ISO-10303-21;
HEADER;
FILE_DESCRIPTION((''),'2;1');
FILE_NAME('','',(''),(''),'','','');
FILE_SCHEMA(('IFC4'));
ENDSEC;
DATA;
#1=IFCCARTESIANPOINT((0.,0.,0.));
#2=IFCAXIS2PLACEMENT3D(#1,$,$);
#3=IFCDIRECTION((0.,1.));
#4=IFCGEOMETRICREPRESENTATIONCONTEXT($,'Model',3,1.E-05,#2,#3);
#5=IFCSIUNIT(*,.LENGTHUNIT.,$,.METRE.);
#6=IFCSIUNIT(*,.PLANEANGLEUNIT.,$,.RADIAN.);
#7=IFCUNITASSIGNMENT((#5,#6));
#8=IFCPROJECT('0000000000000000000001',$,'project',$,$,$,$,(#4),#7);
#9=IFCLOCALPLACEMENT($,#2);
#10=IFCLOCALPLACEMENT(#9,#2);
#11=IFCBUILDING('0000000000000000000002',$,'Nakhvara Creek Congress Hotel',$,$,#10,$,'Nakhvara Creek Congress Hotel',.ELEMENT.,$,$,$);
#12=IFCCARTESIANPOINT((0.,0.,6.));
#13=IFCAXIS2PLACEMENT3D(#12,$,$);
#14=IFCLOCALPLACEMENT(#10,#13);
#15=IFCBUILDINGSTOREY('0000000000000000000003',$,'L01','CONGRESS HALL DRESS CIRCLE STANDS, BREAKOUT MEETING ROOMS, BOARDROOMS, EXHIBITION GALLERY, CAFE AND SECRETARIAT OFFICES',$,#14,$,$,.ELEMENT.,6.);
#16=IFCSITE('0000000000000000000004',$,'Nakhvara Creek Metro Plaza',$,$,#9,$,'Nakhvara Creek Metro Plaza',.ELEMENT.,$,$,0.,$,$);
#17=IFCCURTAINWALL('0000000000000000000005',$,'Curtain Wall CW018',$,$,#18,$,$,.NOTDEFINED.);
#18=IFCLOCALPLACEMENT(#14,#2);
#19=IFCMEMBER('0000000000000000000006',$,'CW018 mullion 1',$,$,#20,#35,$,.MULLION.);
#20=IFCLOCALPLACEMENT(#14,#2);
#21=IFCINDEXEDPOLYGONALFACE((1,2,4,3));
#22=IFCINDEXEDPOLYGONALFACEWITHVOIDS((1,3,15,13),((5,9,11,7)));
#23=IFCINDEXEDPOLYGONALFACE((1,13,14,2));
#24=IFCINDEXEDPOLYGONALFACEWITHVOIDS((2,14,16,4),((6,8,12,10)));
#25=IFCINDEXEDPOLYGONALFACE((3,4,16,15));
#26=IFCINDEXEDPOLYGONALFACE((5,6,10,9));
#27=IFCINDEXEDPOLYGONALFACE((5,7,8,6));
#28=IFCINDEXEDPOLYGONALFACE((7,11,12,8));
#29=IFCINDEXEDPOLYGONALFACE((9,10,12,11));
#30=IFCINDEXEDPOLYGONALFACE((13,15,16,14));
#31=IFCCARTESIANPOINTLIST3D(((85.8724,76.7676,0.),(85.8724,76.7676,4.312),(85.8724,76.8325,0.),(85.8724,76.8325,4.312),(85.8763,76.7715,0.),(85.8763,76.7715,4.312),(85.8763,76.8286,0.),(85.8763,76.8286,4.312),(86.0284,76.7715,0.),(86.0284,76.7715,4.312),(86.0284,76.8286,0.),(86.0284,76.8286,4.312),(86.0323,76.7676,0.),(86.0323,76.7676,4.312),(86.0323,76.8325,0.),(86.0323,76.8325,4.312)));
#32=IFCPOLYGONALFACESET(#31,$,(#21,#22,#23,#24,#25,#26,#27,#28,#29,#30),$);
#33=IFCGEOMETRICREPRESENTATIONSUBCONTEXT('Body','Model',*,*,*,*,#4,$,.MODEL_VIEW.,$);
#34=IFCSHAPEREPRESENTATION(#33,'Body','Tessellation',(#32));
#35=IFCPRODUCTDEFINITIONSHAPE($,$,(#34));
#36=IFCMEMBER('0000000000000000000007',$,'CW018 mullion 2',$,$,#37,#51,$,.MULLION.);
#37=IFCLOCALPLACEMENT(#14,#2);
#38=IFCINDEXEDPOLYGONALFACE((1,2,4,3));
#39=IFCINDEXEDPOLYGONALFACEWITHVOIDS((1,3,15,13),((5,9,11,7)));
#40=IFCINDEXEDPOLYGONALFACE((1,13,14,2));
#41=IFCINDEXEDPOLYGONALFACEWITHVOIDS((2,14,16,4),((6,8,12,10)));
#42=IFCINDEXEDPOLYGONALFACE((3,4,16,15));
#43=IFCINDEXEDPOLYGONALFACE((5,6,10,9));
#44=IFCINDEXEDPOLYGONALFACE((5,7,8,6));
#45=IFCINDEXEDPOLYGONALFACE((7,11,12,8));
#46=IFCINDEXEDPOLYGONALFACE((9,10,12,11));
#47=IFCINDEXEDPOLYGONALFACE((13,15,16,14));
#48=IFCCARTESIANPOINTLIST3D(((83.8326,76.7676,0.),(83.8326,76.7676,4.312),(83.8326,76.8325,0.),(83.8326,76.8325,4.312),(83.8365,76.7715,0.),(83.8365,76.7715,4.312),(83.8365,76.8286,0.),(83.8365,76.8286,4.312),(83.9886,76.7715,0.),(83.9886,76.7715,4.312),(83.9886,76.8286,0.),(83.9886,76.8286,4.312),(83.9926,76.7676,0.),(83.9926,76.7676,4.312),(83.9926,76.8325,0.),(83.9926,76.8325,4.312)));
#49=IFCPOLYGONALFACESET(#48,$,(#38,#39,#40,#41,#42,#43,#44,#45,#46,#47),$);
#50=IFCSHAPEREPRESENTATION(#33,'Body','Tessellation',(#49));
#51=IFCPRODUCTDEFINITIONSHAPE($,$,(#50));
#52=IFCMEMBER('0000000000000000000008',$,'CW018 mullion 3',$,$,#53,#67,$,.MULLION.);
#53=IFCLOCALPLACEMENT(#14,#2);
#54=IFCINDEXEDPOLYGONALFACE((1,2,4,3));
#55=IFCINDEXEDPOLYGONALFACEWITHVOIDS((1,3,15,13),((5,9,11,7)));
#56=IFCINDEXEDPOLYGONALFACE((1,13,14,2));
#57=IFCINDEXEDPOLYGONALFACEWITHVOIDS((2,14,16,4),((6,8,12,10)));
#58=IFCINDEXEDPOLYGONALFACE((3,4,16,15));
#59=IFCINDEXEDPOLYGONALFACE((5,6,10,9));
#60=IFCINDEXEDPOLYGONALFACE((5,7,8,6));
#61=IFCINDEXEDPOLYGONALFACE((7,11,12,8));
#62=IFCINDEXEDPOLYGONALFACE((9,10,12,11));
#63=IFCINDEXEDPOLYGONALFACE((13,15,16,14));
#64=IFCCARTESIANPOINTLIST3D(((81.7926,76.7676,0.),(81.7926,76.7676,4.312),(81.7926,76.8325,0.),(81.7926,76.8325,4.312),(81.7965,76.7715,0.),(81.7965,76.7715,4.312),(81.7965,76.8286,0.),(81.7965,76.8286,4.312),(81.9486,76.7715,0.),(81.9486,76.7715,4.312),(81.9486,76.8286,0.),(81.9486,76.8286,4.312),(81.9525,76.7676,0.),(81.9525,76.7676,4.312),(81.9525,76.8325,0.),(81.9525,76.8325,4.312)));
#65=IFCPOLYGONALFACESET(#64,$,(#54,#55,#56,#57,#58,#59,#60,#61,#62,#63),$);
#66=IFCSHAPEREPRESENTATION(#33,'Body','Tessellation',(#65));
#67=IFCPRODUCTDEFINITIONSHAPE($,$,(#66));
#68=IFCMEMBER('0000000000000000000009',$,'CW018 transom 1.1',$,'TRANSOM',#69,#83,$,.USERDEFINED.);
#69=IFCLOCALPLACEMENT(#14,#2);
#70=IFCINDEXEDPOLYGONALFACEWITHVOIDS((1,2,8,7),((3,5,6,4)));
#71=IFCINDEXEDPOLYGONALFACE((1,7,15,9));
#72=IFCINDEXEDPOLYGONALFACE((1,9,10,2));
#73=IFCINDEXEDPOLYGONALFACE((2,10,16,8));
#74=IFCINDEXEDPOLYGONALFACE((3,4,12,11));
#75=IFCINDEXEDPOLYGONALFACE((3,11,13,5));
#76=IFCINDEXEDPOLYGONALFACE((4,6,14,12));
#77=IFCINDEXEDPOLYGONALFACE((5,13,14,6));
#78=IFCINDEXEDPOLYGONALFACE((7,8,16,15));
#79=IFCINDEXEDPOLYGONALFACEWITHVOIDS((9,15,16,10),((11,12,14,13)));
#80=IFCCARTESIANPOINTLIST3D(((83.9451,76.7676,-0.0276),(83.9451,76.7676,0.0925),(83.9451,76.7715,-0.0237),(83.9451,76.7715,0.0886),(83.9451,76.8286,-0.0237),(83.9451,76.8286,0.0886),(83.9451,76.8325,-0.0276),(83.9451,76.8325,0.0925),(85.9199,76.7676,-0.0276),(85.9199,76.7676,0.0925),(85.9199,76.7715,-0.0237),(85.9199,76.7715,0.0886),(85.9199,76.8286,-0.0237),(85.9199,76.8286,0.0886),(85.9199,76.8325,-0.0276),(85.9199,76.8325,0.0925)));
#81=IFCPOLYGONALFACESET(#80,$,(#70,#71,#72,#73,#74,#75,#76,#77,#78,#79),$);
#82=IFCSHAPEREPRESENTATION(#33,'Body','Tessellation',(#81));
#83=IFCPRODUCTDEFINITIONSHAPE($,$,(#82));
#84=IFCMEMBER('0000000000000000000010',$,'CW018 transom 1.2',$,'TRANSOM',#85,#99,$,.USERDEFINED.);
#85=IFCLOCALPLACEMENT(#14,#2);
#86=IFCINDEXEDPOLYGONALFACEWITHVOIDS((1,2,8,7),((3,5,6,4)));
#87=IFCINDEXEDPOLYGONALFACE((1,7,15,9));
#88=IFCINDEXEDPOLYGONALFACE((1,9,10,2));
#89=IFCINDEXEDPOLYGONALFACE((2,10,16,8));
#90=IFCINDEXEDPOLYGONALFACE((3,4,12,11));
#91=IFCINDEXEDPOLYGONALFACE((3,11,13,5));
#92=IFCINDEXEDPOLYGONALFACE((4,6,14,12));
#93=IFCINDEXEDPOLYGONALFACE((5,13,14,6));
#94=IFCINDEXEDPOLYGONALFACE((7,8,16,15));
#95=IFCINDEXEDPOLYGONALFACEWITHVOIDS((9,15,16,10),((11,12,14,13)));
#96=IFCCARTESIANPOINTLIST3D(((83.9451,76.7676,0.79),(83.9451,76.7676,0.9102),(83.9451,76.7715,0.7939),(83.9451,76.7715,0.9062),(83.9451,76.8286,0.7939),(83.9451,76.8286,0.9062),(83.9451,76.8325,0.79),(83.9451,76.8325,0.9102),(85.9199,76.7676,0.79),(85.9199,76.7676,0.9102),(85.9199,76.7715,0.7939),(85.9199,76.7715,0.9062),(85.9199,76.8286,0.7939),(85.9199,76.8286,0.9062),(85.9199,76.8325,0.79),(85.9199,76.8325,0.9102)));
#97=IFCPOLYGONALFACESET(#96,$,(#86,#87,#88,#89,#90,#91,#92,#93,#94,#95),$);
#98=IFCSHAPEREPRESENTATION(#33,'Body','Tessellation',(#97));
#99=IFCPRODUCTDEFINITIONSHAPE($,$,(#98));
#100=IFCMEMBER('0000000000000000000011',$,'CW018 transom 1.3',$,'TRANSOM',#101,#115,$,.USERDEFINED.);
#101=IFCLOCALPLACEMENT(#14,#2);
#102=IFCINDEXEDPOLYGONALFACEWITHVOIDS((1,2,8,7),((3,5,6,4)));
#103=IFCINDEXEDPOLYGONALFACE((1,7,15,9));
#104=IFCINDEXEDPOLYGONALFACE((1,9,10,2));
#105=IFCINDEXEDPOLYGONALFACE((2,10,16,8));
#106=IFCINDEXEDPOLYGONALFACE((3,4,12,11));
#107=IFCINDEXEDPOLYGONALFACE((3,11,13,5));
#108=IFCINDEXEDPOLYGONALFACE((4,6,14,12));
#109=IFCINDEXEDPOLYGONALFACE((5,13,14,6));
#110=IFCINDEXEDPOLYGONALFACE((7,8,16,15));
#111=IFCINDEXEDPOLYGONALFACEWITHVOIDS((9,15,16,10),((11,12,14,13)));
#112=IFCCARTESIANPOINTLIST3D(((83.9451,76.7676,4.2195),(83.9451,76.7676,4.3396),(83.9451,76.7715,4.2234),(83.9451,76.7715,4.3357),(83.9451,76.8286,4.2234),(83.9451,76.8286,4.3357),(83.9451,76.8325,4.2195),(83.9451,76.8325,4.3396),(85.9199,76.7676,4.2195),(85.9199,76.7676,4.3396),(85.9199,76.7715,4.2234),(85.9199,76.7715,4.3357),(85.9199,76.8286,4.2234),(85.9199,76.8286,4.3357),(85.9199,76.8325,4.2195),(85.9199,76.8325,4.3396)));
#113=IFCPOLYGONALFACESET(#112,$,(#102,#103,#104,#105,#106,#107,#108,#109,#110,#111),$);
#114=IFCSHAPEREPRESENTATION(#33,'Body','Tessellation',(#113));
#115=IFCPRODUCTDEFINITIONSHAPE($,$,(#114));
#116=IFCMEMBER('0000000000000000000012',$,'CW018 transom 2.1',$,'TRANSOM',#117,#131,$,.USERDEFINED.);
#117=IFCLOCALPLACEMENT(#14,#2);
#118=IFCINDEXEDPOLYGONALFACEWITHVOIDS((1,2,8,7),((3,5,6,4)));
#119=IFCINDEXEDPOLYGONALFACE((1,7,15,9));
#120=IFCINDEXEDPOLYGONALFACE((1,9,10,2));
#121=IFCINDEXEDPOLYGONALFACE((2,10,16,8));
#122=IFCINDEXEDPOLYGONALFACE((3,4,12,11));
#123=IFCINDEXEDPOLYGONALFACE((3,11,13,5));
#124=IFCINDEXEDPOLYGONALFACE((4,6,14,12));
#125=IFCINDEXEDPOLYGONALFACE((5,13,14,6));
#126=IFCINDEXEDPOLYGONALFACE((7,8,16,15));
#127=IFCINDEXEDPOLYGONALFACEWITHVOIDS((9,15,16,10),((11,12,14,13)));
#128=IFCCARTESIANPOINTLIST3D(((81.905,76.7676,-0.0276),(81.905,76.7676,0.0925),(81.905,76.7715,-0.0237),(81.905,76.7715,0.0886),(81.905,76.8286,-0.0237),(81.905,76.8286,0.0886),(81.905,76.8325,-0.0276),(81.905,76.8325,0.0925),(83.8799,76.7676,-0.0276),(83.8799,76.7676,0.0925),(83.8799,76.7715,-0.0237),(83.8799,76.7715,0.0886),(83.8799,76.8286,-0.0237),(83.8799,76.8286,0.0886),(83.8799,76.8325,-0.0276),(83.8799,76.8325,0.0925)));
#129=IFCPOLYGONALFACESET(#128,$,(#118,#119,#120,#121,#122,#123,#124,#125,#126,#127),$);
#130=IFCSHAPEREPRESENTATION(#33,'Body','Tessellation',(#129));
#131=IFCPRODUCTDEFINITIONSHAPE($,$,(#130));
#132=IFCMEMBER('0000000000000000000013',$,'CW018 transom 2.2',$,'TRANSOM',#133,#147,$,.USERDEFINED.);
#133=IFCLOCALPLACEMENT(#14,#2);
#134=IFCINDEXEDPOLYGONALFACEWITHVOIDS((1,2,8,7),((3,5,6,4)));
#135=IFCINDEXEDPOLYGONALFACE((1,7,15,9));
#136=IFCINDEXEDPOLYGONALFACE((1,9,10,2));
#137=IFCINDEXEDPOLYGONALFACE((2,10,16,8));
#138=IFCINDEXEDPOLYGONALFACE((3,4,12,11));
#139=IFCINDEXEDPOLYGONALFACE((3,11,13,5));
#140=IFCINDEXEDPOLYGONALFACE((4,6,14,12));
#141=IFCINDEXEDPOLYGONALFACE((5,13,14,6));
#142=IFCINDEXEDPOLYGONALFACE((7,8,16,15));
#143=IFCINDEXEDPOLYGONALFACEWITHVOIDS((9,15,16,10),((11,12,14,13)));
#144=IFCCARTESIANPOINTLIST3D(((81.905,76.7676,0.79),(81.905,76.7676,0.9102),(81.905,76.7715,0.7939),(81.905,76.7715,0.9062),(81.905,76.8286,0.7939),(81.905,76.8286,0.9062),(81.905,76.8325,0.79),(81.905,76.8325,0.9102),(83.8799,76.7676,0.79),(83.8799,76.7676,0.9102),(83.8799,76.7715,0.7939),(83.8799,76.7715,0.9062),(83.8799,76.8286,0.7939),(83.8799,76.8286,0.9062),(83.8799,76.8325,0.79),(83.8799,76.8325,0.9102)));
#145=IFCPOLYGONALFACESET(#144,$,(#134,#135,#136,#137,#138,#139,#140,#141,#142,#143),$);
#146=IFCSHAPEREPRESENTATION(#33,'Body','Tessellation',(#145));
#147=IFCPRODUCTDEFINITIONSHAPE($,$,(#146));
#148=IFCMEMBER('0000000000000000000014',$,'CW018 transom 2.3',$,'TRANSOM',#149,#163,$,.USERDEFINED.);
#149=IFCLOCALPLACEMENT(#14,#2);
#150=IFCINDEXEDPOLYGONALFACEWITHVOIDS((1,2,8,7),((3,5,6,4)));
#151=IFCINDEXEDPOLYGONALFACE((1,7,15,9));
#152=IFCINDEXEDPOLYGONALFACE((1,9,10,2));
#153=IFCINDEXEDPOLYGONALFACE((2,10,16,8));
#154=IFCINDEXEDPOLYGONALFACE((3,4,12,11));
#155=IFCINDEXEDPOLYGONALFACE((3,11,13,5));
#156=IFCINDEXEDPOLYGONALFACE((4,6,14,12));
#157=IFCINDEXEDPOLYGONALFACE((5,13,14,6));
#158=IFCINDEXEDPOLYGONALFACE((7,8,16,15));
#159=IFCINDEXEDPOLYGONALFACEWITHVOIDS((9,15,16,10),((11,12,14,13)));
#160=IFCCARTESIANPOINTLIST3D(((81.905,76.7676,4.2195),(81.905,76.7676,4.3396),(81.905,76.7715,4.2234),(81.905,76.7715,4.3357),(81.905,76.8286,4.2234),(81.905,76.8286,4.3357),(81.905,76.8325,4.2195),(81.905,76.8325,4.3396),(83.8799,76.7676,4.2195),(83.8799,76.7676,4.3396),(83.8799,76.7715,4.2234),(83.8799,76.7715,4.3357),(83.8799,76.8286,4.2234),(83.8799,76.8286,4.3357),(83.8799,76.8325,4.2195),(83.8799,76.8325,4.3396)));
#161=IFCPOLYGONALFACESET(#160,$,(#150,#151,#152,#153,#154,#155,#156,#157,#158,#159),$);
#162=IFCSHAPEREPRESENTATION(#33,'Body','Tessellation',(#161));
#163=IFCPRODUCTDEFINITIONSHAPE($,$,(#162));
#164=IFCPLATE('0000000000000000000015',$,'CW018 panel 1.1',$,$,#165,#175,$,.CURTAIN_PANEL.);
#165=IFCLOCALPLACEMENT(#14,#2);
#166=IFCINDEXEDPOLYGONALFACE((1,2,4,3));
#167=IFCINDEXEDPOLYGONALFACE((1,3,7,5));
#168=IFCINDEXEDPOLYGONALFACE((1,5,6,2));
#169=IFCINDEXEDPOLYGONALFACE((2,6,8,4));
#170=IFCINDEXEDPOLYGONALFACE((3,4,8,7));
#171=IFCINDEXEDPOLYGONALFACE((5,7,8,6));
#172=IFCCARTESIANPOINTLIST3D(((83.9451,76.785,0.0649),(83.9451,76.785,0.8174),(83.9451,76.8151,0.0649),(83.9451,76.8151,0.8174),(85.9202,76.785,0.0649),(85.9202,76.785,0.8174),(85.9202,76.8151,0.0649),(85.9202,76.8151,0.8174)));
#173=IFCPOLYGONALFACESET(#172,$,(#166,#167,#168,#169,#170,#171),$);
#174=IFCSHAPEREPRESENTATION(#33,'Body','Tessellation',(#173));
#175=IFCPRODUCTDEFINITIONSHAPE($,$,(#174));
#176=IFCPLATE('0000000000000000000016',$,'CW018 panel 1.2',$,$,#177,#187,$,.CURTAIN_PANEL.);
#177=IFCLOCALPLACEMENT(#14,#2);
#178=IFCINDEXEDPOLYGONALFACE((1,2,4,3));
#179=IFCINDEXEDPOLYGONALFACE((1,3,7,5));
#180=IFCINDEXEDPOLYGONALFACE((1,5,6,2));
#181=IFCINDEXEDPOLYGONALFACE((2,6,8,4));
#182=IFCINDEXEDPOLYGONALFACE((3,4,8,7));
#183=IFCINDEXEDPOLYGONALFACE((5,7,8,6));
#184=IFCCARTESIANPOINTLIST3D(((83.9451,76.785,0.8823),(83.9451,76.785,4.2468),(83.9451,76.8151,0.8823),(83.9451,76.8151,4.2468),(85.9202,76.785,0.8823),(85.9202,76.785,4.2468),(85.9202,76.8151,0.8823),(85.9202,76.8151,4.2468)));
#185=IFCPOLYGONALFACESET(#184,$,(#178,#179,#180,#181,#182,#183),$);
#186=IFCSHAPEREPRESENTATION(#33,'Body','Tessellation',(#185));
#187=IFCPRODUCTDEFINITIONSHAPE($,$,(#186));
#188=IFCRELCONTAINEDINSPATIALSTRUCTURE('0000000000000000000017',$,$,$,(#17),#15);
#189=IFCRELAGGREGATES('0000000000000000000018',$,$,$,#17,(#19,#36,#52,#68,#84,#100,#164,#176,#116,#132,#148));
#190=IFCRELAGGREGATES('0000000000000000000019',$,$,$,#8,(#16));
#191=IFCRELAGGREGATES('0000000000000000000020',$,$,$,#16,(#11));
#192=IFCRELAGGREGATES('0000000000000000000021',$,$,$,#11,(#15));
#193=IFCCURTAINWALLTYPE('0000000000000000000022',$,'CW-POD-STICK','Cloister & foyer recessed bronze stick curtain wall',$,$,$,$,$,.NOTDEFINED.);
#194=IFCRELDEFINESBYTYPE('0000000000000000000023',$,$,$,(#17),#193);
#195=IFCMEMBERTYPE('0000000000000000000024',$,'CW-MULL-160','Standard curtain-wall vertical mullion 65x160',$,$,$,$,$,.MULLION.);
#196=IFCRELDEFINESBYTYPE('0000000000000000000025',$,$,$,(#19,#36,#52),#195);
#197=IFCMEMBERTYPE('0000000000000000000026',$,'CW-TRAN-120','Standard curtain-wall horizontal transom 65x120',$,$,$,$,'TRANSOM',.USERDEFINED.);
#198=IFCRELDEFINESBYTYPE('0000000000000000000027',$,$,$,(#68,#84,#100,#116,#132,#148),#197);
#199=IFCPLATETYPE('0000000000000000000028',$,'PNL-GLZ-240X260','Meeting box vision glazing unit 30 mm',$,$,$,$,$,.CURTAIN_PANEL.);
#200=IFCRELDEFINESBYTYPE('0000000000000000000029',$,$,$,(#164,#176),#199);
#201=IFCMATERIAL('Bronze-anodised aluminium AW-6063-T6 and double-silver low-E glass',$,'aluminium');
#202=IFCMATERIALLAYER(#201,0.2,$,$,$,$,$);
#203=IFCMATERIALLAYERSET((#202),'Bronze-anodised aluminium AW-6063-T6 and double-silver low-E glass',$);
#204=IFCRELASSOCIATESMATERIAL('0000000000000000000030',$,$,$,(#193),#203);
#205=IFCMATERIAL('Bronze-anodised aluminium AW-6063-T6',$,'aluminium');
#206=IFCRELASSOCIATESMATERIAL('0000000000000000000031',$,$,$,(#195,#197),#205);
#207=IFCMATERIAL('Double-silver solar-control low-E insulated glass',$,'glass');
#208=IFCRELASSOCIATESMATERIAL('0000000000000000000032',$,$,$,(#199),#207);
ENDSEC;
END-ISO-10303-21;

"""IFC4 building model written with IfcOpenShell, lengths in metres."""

from ifc_helpers import new_model, si_unit, direction, frame, origin, origin_2d, place, context, subcontext, project, spatial, rectangle, hollow_rectangle, extrude, material, layer, layer_set, material_profile, profile_set, type_object, element, aggregate, save


model = new_model("IFC4")

# Units and contexts
model_context = context("Model", 3, precision=1e-05, world=origin(), true_north=direction((0.0, 1.0)))
body_context = subcontext(model_context, "Body", "Model", "MODEL_VIEW")
ifc_project = project(units=[si_unit("LENGTHUNIT", "METRE"), si_unit("PLANEANGLEUNIT", "RADIAN")], contexts=[model_context])

# Site, building, storey
site_placement = place(None, origin())
site = spatial("IfcSite", under=ifc_project, at=site_placement, Name="Nakhvara Creek Metro Plaza", LongName="Nakhvara Creek Metro Plaza", CompositionType="ELEMENT", RefElevation=0.0)
building_placement = place(site_placement, origin())
building = spatial("IfcBuilding", under=site, at=building_placement, Name="Nakhvara Creek Congress Hotel", LongName="Nakhvara Creek Congress Hotel", CompositionType="ELEMENT")
storey_placement = place(building_placement, frame((0.0, 0.0, 6.0)))
storey = spatial("IfcBuildingStorey", under=building, at=storey_placement, Name="L01", Description="CONGRESS HALL DRESS CIRCLE STANDS, BREAKOUT MEETING ROOMS, BOARDROOMS, EXHIBITION GALLERY, CAFE AND SECRETARIAT OFFICES", CompositionType="ELEMENT", Elevation=6.0)

# Curtain wall, members, plates
ifc_material_1 = material(Name="Bronze-anodised aluminium AW-6063-T6 and double-silver low-E glass", Category="aluminium")
ifc_layer = layer(ifc_material_1, 0.2)
ifc_layer_set = layer_set([ifc_layer], Name="Bronze-anodised aluminium AW-6063-T6 and double-silver low-E glass")
curtain_wall_type = type_object("IfcCurtainWallType", Name="CW-POD-STICK", Description="Cloister & foyer recessed bronze stick curtain wall", PredefinedType="NOTDEFINED", material=ifc_layer_set)
curtain_wall_placement = place(storey_placement, origin())
curtain_wall = element("IfcCurtainWall", 1, at=curtain_wall_placement, inside=storey, type_object=curtain_wall_type, Name="Curtain Wall CW018", PredefinedType="NOTDEFINED")
ifc_material_2 = material(Name="Bronze-anodised aluminium AW-6063-T6", Category="aluminium")
ifc_material_profile_1 = material_profile(ifc_material_2, hollow_rectangle(XDim=0.0649, YDim=0.1599, WallThickness=0.0039, at=origin_2d()), Name="ALU-MULL 65x160x4", Category="LoadBearing")
ifc_profile_set_1 = profile_set([ifc_material_profile_1], Name="Bronze-anodised aluminium AW-6063-T6")
member_type_1 = type_object("IfcMemberType", Name="CW-MULL-160", Description="Standard curtain-wall vertical mullion 65x160", PredefinedType="MULLION", material=ifc_profile_set_1)
member_1_placement = place(storey_placement, frame((85.9524, 76.8, 0.0), z_axis=(0.0, 0.0, 1.0), x_axis=(0.0, -1.0, 0.0)))
member_1 = element("IfcMember", 2, at=member_1_placement, type_object=member_type_1, Name="CW018 mullion 1", PredefinedType="MULLION", context=body_context, shape_type="SweptSolid", body=[
    extrude(hollow_rectangle(XDim=0.0649, YDim=0.1599, WallThickness=0.0039, at=origin_2d()), origin(), (0.0, 0.0, 1.0), 4.312),
])
member_2_placement = place(storey_placement, frame((83.9126, 76.8, 0.0), z_axis=(0.0, 0.0, 1.0), x_axis=(0.0, -1.0, 0.0)))
member_2 = element("IfcMember", 3, at=member_2_placement, type_object=member_type_1, Name="CW018 mullion 2", PredefinedType="MULLION", context=body_context, shape_type="SweptSolid", body=[
    extrude(hollow_rectangle(XDim=0.0649, YDim=0.1599, WallThickness=0.0039, at=origin_2d()), origin(), (0.0, 0.0, 1.0), 4.312),
])
member_3_placement = place(storey_placement, frame((81.8726, 76.8, 0.0), z_axis=(0.0, 0.0, 1.0), x_axis=(0.0, -1.0, 0.0)))
member_3 = element("IfcMember", 4, at=member_3_placement, type_object=member_type_1, Name="CW018 mullion 3", PredefinedType="MULLION", context=body_context, shape_type="SweptSolid", body=[
    extrude(hollow_rectangle(XDim=0.0649, YDim=0.1599, WallThickness=0.0039, at=origin_2d()), origin(), (0.0, 0.0, 1.0), 4.312),
])
ifc_material_profile_2 = material_profile(ifc_material_2, hollow_rectangle(XDim=0.0649, YDim=0.1201, WallThickness=0.0039, at=origin_2d()), Name="ALU-TRAN 65x120x4", Category="LoadBearing")
ifc_profile_set_2 = profile_set([ifc_material_profile_2], Name="Bronze-anodised aluminium AW-6063-T6")
member_type_2 = type_object("IfcMemberType", Name="CW-TRAN-120", Description="Standard curtain-wall horizontal transom 65x120", ElementType="TRANSOM", PredefinedType="USERDEFINED", material=ifc_profile_set_2)
member_4_placement = place(storey_placement, frame((85.9199, 76.8, 0.0325), z_axis=(-1.0, 0.0, 0.0), x_axis=(0.0, -1.0, 0.0)))
member_4 = element("IfcMember", 5, at=member_4_placement, type_object=member_type_2, Name="CW018 transom 1.1", ObjectType="TRANSOM", PredefinedType="USERDEFINED", context=body_context, shape_type="SweptSolid", body=[
    extrude(hollow_rectangle(XDim=0.0649, YDim=0.1201, WallThickness=0.0039, at=origin_2d()), origin(), (0.0, 0.0, 1.0), 1.9749),
])
member_5_placement = place(storey_placement, frame((85.9199, 76.8, 0.8501), z_axis=(-1.0, 0.0, 0.0), x_axis=(0.0, -1.0, 0.0)))
member_5 = element("IfcMember", 6, at=member_5_placement, type_object=member_type_2, Name="CW018 transom 1.2", ObjectType="TRANSOM", PredefinedType="USERDEFINED", context=body_context, shape_type="SweptSolid", body=[
    extrude(hollow_rectangle(XDim=0.0649, YDim=0.1201, WallThickness=0.0039, at=origin_2d()), origin(), (0.0, 0.0, 1.0), 1.9749),
])
member_6_placement = place(storey_placement, frame((85.9199, 76.8, 4.2795), z_axis=(-1.0, 0.0, 0.0), x_axis=(0.0, -1.0, 0.0)))
member_6 = element("IfcMember", 7, at=member_6_placement, type_object=member_type_2, Name="CW018 transom 1.3", ObjectType="TRANSOM", PredefinedType="USERDEFINED", context=body_context, shape_type="SweptSolid", body=[
    extrude(hollow_rectangle(XDim=0.0649, YDim=0.1201, WallThickness=0.0039, at=origin_2d()), origin(), (0.0, 0.0, 1.0), 1.9749),
])
member_7_placement = place(storey_placement, frame((83.8799, 76.8, 0.0325), z_axis=(-1.0, 0.0, 0.0), x_axis=(0.0, -1.0, 0.0)))
member_7 = element("IfcMember", 8, at=member_7_placement, type_object=member_type_2, Name="CW018 transom 2.1", ObjectType="TRANSOM", PredefinedType="USERDEFINED", context=body_context, shape_type="SweptSolid", body=[
    extrude(hollow_rectangle(XDim=0.0649, YDim=0.1201, WallThickness=0.0039, at=origin_2d()), origin(), (0.0, 0.0, 1.0), 1.9749),
])
member_8_placement = place(storey_placement, frame((83.8799, 76.8, 0.8501), z_axis=(-1.0, 0.0, 0.0), x_axis=(0.0, -1.0, 0.0)))
member_8 = element("IfcMember", 9, at=member_8_placement, type_object=member_type_2, Name="CW018 transom 2.2", ObjectType="TRANSOM", PredefinedType="USERDEFINED", context=body_context, shape_type="SweptSolid", body=[
    extrude(hollow_rectangle(XDim=0.0649, YDim=0.1201, WallThickness=0.0039, at=origin_2d()), origin(), (0.0, 0.0, 1.0), 1.9749),
])
member_9_placement = place(storey_placement, frame((83.8799, 76.8, 4.2795), z_axis=(-1.0, 0.0, 0.0), x_axis=(0.0, -1.0, 0.0)))
member_9 = element("IfcMember", 10, at=member_9_placement, type_object=member_type_2, Name="CW018 transom 2.3", ObjectType="TRANSOM", PredefinedType="USERDEFINED", context=body_context, shape_type="SweptSolid", body=[
    extrude(hollow_rectangle(XDim=0.0649, YDim=0.1201, WallThickness=0.0039, at=origin_2d()), origin(), (0.0, 0.0, 1.0), 1.9749),
])
ifc_material_3 = material(Name="Double-silver solar-control low-E insulated glass", Category="glass")
plate_type = type_object("IfcPlateType", Name="PNL-GLZ-240X260", Description="Meeting box vision glazing unit 30 mm", PredefinedType="CURTAIN_PANEL", material=ifc_material_3)
plate_1_placement = place(storey_placement, frame((84.9326, 76.8, 0.0649), z_axis=(0.0, 0.0, 1.0), x_axis=(-1.0, 0.0, 0.0)))
plate_1 = element("IfcPlate", 11, at=plate_1_placement, type_object=plate_type, Name="CW018 panel 1.1", PredefinedType="CURTAIN_PANEL", context=body_context, shape_type="SweptSolid", body=[
    extrude(rectangle(XDim=1.9751, YDim=0.03, at=origin_2d()), origin(), (0.0, 0.0, 1.0), 0.7524),
])
plate_2_placement = place(storey_placement, frame((84.9326, 76.8, 0.8823), z_axis=(0.0, 0.0, 1.0), x_axis=(-1.0, 0.0, 0.0)))
plate_2 = element("IfcPlate", 12, at=plate_2_placement, type_object=plate_type, Name="CW018 panel 1.2", PredefinedType="CURTAIN_PANEL", context=body_context, shape_type="SweptSolid", body=[
    extrude(rectangle(XDim=1.9751, YDim=0.03, at=origin_2d()), origin(), (0.0, 0.0, 1.0), 3.3645),
])
aggregate(curtain_wall, [member_1, member_2, member_3, member_4, member_5, member_6, plate_1, plate_2, member_7, member_8, member_9])

save(model, "model.ifc")
